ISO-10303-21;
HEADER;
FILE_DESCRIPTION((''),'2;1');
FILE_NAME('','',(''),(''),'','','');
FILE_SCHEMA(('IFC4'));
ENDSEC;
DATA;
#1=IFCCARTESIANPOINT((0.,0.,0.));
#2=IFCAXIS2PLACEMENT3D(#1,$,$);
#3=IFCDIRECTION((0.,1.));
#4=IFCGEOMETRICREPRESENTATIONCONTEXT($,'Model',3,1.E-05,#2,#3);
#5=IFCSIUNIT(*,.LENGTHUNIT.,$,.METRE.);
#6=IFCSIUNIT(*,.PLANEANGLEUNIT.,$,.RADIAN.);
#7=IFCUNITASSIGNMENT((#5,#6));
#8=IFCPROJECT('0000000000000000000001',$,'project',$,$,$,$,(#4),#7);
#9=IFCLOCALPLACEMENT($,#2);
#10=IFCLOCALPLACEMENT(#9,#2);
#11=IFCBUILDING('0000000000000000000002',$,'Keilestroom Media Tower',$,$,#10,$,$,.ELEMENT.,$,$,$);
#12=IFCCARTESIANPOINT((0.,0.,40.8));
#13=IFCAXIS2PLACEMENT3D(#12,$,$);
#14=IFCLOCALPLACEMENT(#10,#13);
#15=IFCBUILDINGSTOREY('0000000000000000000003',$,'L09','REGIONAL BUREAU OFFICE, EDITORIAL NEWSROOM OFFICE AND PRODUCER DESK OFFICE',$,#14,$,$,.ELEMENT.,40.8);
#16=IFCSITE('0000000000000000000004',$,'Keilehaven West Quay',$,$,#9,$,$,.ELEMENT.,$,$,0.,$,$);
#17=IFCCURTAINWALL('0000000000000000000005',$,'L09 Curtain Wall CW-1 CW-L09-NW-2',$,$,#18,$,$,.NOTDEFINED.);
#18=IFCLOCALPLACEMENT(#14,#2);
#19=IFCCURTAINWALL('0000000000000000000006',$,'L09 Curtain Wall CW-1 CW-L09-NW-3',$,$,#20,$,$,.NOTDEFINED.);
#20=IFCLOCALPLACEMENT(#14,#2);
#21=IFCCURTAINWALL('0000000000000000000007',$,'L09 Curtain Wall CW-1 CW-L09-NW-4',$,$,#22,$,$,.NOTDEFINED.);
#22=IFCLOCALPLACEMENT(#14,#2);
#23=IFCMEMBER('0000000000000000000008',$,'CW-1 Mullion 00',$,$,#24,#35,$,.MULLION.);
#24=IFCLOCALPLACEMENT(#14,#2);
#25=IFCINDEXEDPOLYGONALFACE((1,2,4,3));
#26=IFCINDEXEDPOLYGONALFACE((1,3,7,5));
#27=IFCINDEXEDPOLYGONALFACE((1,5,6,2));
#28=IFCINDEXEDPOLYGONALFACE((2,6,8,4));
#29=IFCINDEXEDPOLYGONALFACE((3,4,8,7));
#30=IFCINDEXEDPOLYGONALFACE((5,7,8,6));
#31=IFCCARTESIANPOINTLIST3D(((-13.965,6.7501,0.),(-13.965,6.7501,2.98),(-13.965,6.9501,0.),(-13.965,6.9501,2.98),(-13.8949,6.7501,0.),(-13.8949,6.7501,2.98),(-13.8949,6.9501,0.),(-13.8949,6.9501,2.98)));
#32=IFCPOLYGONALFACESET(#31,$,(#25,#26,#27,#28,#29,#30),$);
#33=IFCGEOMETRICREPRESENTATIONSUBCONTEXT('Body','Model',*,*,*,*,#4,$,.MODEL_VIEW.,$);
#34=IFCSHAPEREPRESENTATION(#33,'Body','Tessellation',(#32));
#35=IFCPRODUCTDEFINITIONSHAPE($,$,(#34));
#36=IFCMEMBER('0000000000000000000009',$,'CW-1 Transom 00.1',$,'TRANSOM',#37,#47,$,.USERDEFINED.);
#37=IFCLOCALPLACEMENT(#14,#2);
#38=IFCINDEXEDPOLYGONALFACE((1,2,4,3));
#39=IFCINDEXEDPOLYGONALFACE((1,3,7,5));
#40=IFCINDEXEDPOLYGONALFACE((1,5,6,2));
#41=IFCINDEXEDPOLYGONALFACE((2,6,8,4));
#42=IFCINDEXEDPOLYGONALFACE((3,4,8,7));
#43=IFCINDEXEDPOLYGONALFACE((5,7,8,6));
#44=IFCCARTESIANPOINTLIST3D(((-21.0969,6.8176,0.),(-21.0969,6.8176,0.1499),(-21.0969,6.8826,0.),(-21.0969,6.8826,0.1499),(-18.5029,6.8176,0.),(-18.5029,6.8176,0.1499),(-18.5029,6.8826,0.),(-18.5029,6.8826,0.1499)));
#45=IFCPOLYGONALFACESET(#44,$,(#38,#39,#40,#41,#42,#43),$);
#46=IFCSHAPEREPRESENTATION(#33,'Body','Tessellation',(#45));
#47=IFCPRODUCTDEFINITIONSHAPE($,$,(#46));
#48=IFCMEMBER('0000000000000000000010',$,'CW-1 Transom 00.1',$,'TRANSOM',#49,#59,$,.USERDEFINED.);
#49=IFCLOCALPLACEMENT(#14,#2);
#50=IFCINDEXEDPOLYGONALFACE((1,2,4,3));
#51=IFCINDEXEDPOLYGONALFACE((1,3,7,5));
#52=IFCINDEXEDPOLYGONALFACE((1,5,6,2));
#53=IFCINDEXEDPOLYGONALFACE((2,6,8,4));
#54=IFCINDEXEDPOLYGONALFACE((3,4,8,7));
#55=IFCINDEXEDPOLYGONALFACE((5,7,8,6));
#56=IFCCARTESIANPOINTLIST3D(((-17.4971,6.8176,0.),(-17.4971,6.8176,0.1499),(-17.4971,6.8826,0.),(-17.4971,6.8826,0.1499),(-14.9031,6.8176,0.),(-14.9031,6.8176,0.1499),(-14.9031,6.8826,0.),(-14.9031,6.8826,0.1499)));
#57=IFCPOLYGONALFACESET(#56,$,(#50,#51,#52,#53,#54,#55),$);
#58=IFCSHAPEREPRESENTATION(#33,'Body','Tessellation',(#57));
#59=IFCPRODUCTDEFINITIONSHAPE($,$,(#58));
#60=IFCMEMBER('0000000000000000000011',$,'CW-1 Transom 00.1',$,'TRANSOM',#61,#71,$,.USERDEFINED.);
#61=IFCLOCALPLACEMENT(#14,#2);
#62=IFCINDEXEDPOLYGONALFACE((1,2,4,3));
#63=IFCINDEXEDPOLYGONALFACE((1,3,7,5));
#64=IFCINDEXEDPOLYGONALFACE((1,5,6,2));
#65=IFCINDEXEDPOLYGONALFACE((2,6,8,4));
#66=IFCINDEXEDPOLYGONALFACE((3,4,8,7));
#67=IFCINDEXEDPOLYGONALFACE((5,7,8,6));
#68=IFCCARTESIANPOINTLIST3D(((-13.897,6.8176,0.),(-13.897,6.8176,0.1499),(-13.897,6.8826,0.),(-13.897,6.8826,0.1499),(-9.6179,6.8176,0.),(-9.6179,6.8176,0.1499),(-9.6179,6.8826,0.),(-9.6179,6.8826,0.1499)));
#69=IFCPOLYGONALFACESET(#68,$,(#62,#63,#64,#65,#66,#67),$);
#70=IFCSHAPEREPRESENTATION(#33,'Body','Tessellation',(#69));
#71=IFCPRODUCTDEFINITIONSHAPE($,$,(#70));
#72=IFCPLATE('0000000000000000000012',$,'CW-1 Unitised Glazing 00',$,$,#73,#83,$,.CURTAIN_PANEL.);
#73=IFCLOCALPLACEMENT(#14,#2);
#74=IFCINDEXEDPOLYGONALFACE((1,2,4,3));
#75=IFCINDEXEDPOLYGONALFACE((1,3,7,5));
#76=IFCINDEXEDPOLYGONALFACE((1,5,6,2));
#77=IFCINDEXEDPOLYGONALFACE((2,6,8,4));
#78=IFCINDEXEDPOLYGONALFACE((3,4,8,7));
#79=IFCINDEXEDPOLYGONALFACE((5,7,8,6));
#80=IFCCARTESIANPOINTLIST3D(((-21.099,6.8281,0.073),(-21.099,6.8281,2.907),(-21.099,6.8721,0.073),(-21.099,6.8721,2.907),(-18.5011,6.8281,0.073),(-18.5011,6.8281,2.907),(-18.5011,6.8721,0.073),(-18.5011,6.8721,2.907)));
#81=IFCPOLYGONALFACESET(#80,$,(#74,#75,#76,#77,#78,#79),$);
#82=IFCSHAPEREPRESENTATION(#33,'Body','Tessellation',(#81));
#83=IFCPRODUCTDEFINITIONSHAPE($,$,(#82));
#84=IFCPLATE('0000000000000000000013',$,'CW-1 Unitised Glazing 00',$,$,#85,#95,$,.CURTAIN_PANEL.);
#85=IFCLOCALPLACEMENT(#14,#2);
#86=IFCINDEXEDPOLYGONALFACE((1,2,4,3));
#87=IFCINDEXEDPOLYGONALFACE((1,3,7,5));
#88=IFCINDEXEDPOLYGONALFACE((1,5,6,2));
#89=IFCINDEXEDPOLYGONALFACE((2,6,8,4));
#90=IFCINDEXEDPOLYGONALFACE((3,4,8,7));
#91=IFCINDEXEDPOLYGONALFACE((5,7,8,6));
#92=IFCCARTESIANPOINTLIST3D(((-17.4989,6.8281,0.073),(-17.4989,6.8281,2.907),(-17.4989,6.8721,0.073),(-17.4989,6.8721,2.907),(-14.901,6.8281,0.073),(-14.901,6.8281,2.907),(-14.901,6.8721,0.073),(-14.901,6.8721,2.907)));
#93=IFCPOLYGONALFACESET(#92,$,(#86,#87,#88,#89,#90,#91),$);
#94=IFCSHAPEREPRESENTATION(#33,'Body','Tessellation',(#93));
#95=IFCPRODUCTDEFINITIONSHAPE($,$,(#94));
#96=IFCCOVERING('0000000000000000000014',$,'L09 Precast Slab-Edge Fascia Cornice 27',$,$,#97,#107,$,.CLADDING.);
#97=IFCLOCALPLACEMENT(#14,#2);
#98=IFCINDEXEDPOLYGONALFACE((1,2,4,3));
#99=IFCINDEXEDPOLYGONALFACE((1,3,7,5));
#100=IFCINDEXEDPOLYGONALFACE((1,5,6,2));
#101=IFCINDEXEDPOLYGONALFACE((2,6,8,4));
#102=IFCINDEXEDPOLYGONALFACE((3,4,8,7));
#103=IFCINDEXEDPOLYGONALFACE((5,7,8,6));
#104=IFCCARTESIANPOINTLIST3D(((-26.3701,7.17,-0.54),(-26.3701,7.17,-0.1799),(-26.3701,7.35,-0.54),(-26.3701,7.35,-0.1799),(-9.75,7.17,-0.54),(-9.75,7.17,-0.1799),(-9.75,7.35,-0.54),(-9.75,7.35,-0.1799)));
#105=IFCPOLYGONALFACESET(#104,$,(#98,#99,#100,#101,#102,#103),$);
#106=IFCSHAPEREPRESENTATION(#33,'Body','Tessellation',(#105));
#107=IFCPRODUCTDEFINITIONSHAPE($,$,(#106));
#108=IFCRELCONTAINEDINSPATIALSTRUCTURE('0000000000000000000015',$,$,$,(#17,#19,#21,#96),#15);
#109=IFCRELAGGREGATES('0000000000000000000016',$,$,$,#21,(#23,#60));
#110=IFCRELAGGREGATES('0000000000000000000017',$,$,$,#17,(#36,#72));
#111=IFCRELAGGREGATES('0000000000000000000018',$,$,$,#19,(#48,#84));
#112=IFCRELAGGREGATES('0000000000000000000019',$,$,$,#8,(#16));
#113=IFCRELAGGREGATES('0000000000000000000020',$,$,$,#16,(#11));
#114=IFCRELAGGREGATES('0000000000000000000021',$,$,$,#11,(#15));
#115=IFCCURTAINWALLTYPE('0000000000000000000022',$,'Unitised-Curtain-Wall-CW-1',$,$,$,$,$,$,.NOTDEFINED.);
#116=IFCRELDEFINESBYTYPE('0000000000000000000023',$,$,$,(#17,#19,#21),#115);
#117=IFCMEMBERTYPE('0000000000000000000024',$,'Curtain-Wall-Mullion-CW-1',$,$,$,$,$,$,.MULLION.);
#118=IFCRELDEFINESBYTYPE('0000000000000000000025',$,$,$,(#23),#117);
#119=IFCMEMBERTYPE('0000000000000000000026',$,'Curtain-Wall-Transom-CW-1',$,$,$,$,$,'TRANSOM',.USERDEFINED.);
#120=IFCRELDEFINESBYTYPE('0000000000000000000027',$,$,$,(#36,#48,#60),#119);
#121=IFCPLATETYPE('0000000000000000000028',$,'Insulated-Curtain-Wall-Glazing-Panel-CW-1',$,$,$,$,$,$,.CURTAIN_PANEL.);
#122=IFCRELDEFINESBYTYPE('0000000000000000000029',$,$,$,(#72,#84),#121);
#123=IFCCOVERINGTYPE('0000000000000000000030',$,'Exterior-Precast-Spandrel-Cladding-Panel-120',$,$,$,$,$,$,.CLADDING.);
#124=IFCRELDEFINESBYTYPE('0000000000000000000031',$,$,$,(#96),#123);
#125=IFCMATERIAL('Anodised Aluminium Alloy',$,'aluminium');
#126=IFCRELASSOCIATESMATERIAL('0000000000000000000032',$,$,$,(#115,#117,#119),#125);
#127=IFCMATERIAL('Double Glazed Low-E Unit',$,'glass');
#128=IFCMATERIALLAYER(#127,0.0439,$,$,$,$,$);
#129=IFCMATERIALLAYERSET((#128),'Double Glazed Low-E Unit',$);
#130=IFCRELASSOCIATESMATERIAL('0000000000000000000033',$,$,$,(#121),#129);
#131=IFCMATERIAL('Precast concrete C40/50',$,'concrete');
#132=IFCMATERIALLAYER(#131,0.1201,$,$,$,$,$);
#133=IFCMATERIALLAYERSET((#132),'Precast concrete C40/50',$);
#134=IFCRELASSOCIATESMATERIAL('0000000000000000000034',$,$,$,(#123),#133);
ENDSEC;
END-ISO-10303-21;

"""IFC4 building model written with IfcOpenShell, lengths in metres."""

from ifc_helpers import new_model, si_unit, direction, frame, origin, origin_2d, place, context, subcontext, project, spatial, rectangle, extrude, source, transform, mapped, material, layer, layer_set, material_profile, profile_set, type_object, element, aggregate, save


model = new_model("IFC4")

# Units and contexts
model_context = context("Model", 3, precision=1e-05, world=origin(), true_north=direction((0.0, 1.0)))
body_context = subcontext(model_context, "Body", "Model", "MODEL_VIEW")
ifc_project = project(units=[si_unit("LENGTHUNIT", "METRE"), si_unit("PLANEANGLEUNIT", "RADIAN")], contexts=[model_context])

# Site, building, storey
site_placement = place(None, origin())
site = spatial("IfcSite", under=ifc_project, at=site_placement, Name="Keilehaven West Quay", CompositionType="ELEMENT", RefElevation=0.0)
building_placement = place(site_placement, origin())
building = spatial("IfcBuilding", under=site, at=building_placement, Name="Keilestroom Media Tower", CompositionType="ELEMENT")
storey_placement = place(building_placement, frame((0.0, 0.0, 40.8)))
storey = spatial("IfcBuildingStorey", under=building, at=storey_placement, Name="L09", Description="REGIONAL BUREAU OFFICE, EDITORIAL NEWSROOM OFFICE AND PRODUCER DESK OFFICE", CompositionType="ELEMENT", Elevation=40.8)

# Shared definitions
ifc_material_1 = material(Name="Precast concrete C40/50", Category="concrete")

# Curtain walls
ifc_material_2 = material(Name="Anodised Aluminium Alloy", Category="aluminium")
curtain_wall_type = type_object("IfcCurtainWallType", Name="Unitised-Curtain-Wall-CW-1", PredefinedType="NOTDEFINED", material=ifc_material_2)
curtain_wall_1_placement = place(storey_placement, origin())
curtain_wall_1 = element("IfcCurtainWall", 1, at=curtain_wall_1_placement, inside=storey, type_object=curtain_wall_type, Name="L09 Curtain Wall CW-1 CW-L09-NW-2", PredefinedType="NOTDEFINED")
ifc_material_profile_1 = material_profile(ifc_material_2, rectangle(XDim=0.0701, YDim=0.2, at=origin_2d()), Name="ALU MULLION 70x200")
ifc_profile_set_1 = profile_set([ifc_material_profile_1], Name="Anodised Aluminium Alloy")
member_type_1 = type_object("IfcMemberType", Name="Curtain-Wall-Mullion-CW-1", PredefinedType="MULLION", material=ifc_profile_set_1)
shared_shape_1 = source(origin(), body_context, "Body", "SweptSolid", [
    extrude(rectangle(XDim=0.0701, YDim=0.2, at=origin_2d()), origin(), (0.0, 0.0, 1.0), 2.98),
])
curtain_wall_2_placement = place(storey_placement, origin())
curtain_wall_2 = element("IfcCurtainWall", 2, at=curtain_wall_2_placement, inside=storey, type_object=curtain_wall_type, Name="L09 Curtain Wall CW-1 CW-L09-NW-3", PredefinedType="NOTDEFINED")

# Curtain wall, member
curtain_wall_3_placement = place(storey_placement, origin())
curtain_wall_3 = element("IfcCurtainWall", 3, at=curtain_wall_3_placement, inside=storey, type_object=curtain_wall_type, Name="L09 Curtain Wall CW-1 CW-L09-NW-4", PredefinedType="NOTDEFINED")
member_1_placement = place(storey_placement, frame((-13.9299, 6.8501, 0.0), z_axis=(0.0, 0.0, 1.0), x_axis=(1.0, 0.0, 0.0)))
member_1 = element("IfcMember", 4, at=member_1_placement, type_object=member_type_1, Name="CW-1 Mullion 00", PredefinedType="MULLION", context=body_context, shape_type="MappedRepresentation", body=[
    mapped(shared_shape_1, transform((0.0, 0.0, 0.0), x_axis=(1.0, 0.0, 0.0), y_axis=(0.0, 1.0, 0.0), z_axis=(0.0, 0.0, 1.0), scale=1.0)),
])

# Members
ifc_material_profile_2 = material_profile(ifc_material_2, rectangle(XDim=0.0649, YDim=0.1499, at=origin_2d()), Name="ALU TRANSOM 65x150")
ifc_profile_set_2 = profile_set([ifc_material_profile_2], Name="Anodised Aluminium Alloy")
member_type_2 = type_object("IfcMemberType", Name="Curtain-Wall-Transom-CW-1", ElementType="TRANSOM", PredefinedType="USERDEFINED", material=ifc_profile_set_2)
shared_shape_2 = source(origin(), body_context, "Body", "SweptSolid", [
    extrude(rectangle(XDim=0.0649, YDim=0.1499, at=origin_2d()), origin(), (0.0, 0.0, 1.0), 2.594),
])
member_2_placement = place(storey_placement, frame((-21.0969, 6.8501, 0.075), z_axis=(1.0, 0.0, 0.0), x_axis=(0.0, 1.0, 0.0)))
member_2 = element("IfcMember", 5, at=member_2_placement, type_object=member_type_2, Name="CW-1 Transom 00.1", ObjectType="TRANSOM", PredefinedType="USERDEFINED", context=body_context, shape_type="MappedRepresentation", body=[
    mapped(shared_shape_2, transform((0.0, 0.0, 0.0), x_axis=(1.0, 0.0, 0.0), y_axis=(0.0, 1.0, 0.0), z_axis=(0.0, 0.0, 1.0), scale=1.0)),
])
member_3_placement = place(storey_placement, frame((-17.4971, 6.8501, 0.075), z_axis=(1.0, 0.0, 0.0), x_axis=(0.0, 1.0, 0.0)))
member_3 = element("IfcMember", 6, at=member_3_placement, type_object=member_type_2, Name="CW-1 Transom 00.1", ObjectType="TRANSOM", PredefinedType="USERDEFINED", context=body_context, shape_type="MappedRepresentation", body=[
    mapped(shared_shape_2, transform((0.0, 0.0, 0.0), x_axis=(1.0, 0.0, 0.0), y_axis=(0.0, 1.0, 0.0), z_axis=(0.0, 0.0, 1.0), scale=1.0)),
])
shared_shape_3 = source(origin(), body_context, "Body", "SweptSolid", [
    extrude(rectangle(XDim=0.0649, YDim=0.1499, at=origin_2d()), origin(), (0.0, 0.0, 1.0), 4.2791),
])
member_4_placement = place(storey_placement, frame((-13.897, 6.8501, 0.075), z_axis=(1.0, 0.0, 0.0), x_axis=(0.0, 1.0, 0.0)))
member_4 = element("IfcMember", 7, at=member_4_placement, type_object=member_type_2, Name="CW-1 Transom 00.1", ObjectType="TRANSOM", PredefinedType="USERDEFINED", context=body_context, shape_type="MappedRepresentation", body=[
    mapped(shared_shape_3, transform((0.0, 0.0, 0.0), x_axis=(1.0, 0.0, 0.0), y_axis=(0.0, 1.0, 0.0), z_axis=(0.0, 0.0, 1.0), scale=1.0)),
])
aggregate(curtain_wall_3, [member_1, member_4])

# Plates
ifc_material_3 = material(Name="Double Glazed Low-E Unit", Category="glass")
ifc_layer_1 = layer(ifc_material_3, 0.0439)
ifc_layer_set_1 = layer_set([ifc_layer_1], Name="Double Glazed Low-E Unit")
plate_type = type_object("IfcPlateType", Name="Insulated-Curtain-Wall-Glazing-Panel-CW-1", PredefinedType="CURTAIN_PANEL", material=ifc_layer_set_1)
shared_shape_4 = source(origin(), body_context, "Body", "SweptSolid", [
    extrude(rectangle(XDim=2.5979, YDim=0.0439, at=origin_2d()), origin(), (0.0, 0.0, 1.0), 2.834),
])
plate_1_placement = place(storey_placement, frame((-19.8, 6.8501, 0.073), z_axis=(0.0, 0.0, 1.0), x_axis=(1.0, 0.0, 0.0)))
plate_1 = element("IfcPlate", 8, at=plate_1_placement, type_object=plate_type, Name="CW-1 Unitised Glazing 00", PredefinedType="CURTAIN_PANEL", context=body_context, shape_type="MappedRepresentation", body=[
    mapped(shared_shape_4, transform((0.0, 0.0, 0.0), x_axis=(1.0, 0.0, 0.0), y_axis=(0.0, 1.0, 0.0), z_axis=(0.0, 0.0, 1.0), scale=1.0)),
])
aggregate(curtain_wall_1, [member_2, plate_1])
plate_2_placement = place(storey_placement, frame((-16.2, 6.8501, 0.073), z_axis=(0.0, 0.0, 1.0), x_axis=(1.0, 0.0, 0.0)))
plate_2 = element("IfcPlate", 9, at=plate_2_placement, type_object=plate_type, Name="CW-1 Unitised Glazing 00", PredefinedType="CURTAIN_PANEL", context=body_context, shape_type="MappedRepresentation", body=[
    mapped(shared_shape_4, transform((0.0, 0.0, 0.0), x_axis=(1.0, 0.0, 0.0), y_axis=(0.0, 1.0, 0.0), z_axis=(0.0, 0.0, 1.0), scale=1.0)),
])
aggregate(curtain_wall_2, [member_3, plate_2])

# Covering
ifc_layer_2 = layer(ifc_material_1, 0.1201)
ifc_layer_set_2 = layer_set([ifc_layer_2], Name="Precast concrete C40/50")
covering_type = type_object("IfcCoveringType", Name="Exterior-Precast-Spandrel-Cladding-Panel-120", PredefinedType="CLADDING", material=ifc_layer_set_2)
shared_shape_5 = source(origin(), body_context, "Body", "SweptSolid", [
    extrude(rectangle(XDim=16.6201, YDim=0.1799, at=origin_2d()), origin(), (0.0, 0.0, 1.0), 0.3601),
])
covering_placement = place(storey_placement, frame((-18.0601, 7.26, -0.54), z_axis=(0.0, 0.0, 1.0), x_axis=(1.0, 0.0, 0.0)))
element("IfcCovering", 10, at=covering_placement, inside=storey, type_object=covering_type, Name="L09 Precast Slab-Edge Fascia Cornice 27", PredefinedType="CLADDING", context=body_context, shape_type="MappedRepresentation", body=[
    mapped(shared_shape_5, transform((0.0, 0.0, 0.0), x_axis=(1.0, 0.0, 0.0), y_axis=(0.0, 1.0, 0.0), z_axis=(0.0, 0.0, 1.0), scale=1.0)),
])

save(model, "model.ifc")
